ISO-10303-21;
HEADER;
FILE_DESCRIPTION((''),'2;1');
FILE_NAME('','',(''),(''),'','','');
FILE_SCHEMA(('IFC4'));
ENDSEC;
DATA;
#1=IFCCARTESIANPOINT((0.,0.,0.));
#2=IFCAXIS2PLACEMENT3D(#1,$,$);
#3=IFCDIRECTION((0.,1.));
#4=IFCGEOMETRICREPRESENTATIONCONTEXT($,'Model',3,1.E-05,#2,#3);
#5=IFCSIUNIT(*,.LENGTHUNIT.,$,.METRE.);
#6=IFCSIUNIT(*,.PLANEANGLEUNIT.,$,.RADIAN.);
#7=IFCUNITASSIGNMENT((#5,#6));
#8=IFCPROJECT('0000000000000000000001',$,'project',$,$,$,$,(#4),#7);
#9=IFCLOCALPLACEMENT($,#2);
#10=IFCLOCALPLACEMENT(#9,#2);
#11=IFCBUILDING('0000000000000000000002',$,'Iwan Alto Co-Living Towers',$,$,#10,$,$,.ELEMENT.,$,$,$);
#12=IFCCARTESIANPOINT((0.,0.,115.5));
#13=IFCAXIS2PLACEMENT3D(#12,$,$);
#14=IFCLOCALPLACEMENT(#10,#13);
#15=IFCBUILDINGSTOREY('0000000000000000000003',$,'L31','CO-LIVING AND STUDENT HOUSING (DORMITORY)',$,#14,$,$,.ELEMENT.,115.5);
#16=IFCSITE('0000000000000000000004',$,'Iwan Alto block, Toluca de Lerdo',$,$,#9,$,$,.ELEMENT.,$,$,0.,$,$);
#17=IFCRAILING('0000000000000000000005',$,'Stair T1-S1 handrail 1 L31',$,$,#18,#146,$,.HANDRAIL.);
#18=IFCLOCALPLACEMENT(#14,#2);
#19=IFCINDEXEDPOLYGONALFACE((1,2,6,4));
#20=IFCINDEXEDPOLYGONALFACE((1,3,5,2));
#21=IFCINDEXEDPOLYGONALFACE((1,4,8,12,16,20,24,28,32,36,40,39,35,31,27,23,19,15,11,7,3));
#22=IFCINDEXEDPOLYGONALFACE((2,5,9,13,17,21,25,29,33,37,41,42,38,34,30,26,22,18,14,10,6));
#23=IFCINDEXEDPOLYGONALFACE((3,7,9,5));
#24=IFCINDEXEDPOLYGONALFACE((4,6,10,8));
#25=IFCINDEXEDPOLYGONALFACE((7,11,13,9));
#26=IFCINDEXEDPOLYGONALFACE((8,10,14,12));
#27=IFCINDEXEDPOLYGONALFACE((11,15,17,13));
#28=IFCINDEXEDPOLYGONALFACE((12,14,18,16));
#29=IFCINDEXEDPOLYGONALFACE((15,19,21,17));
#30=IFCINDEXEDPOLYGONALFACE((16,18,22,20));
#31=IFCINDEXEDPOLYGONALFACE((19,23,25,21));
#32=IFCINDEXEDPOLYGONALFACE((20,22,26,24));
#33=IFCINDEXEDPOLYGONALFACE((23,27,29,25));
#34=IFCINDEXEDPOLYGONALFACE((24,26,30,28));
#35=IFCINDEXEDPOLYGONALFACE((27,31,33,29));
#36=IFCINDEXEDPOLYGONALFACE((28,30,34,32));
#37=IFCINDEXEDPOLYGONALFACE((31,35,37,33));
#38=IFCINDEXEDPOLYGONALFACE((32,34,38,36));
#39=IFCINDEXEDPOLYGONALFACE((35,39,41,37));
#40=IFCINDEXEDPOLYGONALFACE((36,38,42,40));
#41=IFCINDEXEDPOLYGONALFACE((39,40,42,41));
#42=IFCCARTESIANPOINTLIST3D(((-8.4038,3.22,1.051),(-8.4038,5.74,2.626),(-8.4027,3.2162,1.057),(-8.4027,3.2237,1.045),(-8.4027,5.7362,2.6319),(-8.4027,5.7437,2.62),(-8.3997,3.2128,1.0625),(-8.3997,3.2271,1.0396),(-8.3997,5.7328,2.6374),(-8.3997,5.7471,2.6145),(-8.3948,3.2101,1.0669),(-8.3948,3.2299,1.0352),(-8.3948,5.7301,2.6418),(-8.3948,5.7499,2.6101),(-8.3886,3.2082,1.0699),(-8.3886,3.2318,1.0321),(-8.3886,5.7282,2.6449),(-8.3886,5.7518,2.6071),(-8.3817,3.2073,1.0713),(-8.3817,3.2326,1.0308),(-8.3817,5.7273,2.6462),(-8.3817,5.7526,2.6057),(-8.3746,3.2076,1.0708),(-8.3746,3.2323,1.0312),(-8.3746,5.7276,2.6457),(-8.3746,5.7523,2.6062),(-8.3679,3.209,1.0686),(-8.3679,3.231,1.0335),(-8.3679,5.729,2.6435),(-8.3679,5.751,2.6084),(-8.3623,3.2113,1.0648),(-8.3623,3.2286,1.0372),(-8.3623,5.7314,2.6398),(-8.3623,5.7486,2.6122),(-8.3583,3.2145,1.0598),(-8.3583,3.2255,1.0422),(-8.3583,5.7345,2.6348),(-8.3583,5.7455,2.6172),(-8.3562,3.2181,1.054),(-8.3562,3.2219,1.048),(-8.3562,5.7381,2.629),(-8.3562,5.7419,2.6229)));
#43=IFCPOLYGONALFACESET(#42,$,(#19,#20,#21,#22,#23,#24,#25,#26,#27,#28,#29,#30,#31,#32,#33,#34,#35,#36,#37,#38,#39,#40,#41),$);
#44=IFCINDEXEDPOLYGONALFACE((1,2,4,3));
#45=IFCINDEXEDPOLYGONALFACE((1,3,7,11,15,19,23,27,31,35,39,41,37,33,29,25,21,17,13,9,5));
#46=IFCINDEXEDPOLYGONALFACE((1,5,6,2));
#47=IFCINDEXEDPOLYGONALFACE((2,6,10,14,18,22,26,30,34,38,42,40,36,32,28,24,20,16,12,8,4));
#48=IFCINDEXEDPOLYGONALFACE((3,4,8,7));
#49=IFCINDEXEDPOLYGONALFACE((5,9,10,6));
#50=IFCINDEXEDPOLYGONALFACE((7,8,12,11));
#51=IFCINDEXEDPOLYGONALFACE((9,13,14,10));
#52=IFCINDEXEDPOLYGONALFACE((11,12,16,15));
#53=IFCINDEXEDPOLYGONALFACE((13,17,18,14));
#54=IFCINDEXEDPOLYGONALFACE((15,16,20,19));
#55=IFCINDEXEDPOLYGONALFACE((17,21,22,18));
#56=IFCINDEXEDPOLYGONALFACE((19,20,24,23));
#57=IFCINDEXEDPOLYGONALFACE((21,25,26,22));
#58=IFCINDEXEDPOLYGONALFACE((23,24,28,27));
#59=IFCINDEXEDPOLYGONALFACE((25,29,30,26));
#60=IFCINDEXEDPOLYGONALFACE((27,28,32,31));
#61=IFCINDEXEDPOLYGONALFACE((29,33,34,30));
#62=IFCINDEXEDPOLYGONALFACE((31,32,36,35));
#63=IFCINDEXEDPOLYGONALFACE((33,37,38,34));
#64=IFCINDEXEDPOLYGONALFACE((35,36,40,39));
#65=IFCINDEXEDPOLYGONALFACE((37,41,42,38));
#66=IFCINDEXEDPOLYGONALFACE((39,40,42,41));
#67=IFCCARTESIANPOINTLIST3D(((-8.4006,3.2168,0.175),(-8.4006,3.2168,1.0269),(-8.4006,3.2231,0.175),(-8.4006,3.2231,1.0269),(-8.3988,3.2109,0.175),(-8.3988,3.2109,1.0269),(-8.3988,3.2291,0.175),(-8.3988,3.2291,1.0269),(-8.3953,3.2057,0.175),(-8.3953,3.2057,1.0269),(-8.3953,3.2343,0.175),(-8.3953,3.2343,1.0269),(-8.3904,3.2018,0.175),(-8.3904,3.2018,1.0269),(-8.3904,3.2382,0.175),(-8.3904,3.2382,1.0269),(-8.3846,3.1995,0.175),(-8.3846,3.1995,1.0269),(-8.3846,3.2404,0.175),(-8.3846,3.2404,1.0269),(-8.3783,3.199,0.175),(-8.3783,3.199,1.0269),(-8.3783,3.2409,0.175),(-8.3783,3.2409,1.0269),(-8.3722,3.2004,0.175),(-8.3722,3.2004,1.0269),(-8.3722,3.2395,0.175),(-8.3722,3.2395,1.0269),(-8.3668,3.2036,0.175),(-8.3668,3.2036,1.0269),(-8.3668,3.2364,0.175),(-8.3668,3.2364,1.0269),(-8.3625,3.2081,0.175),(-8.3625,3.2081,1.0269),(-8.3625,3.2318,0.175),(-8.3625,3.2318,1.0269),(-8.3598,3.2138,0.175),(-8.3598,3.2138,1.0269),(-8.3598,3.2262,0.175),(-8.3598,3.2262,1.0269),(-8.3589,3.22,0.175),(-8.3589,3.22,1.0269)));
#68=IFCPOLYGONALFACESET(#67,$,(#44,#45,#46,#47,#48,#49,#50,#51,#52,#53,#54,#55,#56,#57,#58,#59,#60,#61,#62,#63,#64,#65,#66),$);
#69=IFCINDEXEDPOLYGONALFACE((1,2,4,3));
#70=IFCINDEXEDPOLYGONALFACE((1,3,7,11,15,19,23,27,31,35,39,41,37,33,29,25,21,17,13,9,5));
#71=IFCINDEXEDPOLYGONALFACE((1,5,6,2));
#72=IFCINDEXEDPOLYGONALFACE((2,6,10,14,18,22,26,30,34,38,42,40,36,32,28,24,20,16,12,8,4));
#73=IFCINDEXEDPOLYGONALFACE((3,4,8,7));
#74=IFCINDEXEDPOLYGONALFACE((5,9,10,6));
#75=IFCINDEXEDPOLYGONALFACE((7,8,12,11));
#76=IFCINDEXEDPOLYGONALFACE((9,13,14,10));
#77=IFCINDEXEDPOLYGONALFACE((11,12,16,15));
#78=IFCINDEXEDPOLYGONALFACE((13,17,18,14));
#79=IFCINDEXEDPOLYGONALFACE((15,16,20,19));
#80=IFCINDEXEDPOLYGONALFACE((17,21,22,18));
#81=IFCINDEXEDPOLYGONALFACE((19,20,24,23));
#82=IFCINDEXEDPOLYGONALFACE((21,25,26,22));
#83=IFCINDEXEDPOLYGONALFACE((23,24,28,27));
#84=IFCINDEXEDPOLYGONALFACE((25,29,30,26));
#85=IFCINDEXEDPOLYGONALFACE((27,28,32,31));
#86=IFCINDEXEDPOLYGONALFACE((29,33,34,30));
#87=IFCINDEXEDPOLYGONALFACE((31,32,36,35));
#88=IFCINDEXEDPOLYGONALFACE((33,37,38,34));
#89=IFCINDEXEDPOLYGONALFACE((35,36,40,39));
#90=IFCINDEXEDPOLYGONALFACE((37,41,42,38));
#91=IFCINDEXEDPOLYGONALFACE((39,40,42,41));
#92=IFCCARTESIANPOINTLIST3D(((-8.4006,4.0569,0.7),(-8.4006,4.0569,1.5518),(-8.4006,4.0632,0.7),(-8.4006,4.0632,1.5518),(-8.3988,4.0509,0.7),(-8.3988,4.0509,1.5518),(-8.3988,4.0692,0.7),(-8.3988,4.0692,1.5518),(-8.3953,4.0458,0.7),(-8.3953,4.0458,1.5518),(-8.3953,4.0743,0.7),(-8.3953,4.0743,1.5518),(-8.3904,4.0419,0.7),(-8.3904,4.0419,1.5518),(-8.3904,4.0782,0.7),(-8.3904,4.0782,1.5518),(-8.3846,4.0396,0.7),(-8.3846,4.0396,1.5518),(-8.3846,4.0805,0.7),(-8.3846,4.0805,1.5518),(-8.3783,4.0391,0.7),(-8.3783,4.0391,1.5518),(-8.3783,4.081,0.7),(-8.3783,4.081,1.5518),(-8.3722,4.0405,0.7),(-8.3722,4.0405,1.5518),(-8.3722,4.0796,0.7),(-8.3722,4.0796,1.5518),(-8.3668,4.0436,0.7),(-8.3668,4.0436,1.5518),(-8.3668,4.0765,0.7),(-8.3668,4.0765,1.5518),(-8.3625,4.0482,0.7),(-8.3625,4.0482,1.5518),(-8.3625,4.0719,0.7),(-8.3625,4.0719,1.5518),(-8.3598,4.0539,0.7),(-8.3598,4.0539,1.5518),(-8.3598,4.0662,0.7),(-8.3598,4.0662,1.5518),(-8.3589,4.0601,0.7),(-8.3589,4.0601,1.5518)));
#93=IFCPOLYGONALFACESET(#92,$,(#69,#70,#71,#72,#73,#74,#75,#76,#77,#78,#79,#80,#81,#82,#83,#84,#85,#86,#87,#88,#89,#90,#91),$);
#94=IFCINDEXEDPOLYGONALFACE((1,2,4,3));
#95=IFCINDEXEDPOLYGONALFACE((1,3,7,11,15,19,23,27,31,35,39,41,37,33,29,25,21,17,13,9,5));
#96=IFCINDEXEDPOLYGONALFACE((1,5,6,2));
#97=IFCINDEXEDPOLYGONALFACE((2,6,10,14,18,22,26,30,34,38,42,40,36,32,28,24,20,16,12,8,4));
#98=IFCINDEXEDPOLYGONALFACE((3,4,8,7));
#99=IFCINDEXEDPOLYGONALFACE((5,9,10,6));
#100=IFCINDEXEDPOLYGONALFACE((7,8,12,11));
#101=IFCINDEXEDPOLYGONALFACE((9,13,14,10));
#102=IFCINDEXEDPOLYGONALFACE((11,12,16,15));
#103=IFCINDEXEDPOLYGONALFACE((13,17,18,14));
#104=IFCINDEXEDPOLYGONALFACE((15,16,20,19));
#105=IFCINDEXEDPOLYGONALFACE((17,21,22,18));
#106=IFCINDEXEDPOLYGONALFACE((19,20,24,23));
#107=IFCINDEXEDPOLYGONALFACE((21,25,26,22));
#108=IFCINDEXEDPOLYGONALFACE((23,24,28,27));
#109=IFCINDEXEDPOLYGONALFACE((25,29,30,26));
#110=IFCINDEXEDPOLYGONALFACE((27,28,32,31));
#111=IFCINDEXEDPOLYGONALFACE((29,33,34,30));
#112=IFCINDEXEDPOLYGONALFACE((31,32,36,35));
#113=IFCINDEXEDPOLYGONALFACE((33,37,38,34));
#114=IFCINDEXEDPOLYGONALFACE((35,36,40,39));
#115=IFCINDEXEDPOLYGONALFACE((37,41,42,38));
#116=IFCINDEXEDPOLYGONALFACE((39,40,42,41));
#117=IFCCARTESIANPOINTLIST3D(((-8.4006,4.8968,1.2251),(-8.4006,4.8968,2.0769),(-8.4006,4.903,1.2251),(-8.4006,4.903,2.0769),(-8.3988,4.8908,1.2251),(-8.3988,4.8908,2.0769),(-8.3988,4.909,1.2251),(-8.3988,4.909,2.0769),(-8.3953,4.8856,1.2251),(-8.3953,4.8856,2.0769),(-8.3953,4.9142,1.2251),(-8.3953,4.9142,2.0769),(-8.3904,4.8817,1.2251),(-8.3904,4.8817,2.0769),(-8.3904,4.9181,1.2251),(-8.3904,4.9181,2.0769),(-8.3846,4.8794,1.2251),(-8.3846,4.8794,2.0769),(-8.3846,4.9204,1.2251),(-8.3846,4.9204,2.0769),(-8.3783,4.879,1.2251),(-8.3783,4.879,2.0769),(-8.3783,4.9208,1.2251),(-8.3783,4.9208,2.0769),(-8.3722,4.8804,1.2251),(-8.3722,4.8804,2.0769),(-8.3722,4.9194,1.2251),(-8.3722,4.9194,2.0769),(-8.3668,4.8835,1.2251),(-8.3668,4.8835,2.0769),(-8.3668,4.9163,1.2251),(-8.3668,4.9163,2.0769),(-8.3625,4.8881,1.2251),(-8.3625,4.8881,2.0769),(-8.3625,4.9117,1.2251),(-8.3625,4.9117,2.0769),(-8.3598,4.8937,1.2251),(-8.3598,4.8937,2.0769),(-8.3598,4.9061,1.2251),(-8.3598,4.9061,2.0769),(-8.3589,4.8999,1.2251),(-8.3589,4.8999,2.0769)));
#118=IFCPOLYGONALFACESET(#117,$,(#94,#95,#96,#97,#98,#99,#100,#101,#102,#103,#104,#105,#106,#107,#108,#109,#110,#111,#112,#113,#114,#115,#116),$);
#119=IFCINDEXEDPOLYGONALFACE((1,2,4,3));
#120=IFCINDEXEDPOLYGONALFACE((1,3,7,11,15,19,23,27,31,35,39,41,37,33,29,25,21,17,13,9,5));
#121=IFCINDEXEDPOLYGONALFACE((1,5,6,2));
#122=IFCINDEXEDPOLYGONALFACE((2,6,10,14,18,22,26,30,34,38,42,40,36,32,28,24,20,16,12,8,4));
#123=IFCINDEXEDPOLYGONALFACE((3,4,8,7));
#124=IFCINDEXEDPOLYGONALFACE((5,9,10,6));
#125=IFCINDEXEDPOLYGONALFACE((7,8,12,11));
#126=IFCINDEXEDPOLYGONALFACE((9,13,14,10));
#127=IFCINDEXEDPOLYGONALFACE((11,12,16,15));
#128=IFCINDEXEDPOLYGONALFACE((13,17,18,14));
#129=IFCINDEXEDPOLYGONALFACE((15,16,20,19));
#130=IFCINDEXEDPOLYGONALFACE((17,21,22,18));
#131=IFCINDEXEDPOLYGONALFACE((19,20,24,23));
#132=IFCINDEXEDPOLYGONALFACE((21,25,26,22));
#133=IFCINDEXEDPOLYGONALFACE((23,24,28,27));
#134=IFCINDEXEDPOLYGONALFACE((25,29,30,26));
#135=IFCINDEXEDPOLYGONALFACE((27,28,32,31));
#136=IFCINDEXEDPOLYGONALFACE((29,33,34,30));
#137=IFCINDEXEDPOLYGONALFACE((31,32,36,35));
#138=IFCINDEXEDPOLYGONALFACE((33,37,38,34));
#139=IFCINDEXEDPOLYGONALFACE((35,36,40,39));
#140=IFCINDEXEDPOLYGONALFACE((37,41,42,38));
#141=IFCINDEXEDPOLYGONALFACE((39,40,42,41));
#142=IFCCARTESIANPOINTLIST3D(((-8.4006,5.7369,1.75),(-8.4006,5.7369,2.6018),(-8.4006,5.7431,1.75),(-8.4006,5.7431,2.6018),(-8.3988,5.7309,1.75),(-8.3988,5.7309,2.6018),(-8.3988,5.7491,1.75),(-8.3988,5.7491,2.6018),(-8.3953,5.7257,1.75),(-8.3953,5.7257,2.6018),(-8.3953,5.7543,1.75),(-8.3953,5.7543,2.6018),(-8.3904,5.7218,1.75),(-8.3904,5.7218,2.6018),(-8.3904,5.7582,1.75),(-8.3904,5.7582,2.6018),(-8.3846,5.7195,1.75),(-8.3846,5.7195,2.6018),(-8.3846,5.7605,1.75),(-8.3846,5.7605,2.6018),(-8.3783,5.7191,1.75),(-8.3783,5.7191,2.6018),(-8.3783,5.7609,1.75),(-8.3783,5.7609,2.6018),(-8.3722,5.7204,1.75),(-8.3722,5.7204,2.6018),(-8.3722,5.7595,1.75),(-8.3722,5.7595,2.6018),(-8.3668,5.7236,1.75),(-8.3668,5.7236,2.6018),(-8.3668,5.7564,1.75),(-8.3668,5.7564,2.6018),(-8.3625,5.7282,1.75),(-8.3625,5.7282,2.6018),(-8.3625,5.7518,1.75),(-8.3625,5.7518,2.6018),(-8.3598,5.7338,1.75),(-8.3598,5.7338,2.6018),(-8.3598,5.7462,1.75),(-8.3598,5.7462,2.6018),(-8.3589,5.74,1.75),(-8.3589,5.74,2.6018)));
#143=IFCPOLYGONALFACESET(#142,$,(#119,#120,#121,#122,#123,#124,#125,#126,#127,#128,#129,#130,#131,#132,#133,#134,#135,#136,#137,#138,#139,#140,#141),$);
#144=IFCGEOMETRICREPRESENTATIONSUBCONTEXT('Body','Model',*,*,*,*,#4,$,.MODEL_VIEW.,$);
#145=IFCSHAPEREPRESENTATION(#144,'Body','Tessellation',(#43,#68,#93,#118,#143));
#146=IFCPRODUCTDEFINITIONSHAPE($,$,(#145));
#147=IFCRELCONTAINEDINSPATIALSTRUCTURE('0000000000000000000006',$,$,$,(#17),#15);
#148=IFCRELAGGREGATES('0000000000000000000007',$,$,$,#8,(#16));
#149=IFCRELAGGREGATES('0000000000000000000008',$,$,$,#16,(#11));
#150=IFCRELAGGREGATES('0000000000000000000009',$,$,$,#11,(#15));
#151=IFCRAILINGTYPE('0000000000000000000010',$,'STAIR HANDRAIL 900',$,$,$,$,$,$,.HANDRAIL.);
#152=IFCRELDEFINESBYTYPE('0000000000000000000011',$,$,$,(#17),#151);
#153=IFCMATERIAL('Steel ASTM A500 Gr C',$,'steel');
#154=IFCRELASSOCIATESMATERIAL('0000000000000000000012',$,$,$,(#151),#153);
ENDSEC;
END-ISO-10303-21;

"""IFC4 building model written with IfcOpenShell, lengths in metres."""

from ifc_helpers import new_model, si_unit, direction, frame, origin, origin_2d, place, context, subcontext, project, spatial, circle, extrude, material, type_object, element, save


model = new_model("IFC4")

# Units and contexts
model_context = context("Model", 3, precision=1e-05, world=origin(), true_north=direction((0.0, 1.0)))
body_context = subcontext(model_context, "Body", "Model", "MODEL_VIEW")
ifc_project = project(units=[si_unit("LENGTHUNIT", "METRE"), si_unit("PLANEANGLEUNIT", "RADIAN")], contexts=[model_context])

# Site, building, storey
site_placement = place(None, origin())
site = spatial("IfcSite", under=ifc_project, at=site_placement, Name="Iwan Alto block, Toluca de Lerdo", CompositionType="ELEMENT", RefElevation=0.0)
building_placement = place(site_placement, origin())
building = spatial("IfcBuilding", under=site, at=building_placement, Name="Iwan Alto Co-Living Towers", CompositionType="ELEMENT")
storey_placement = place(building_placement, frame((0.0, 0.0, 115.5)))
storey = spatial("IfcBuildingStorey", under=building, at=storey_placement, Name="L31", Description="CO-LIVING AND STUDENT HOUSING (DORMITORY)", CompositionType="ELEMENT", Elevation=115.5)

# Railing
ifc_material_1 = material(Name="Steel ASTM A500 Gr C", Category="steel")
railing_type_1 = type_object("IfcRailingType", Name="STAIR HANDRAIL 900", PredefinedType="HANDRAIL", material=ifc_material_1)
railing_1_placement = place(storey_placement, frame((-8.3799, 3.22, 0.175)))
element("IfcRailing", 1, at=railing_1_placement, inside=storey, type_object=railing_type_1, Name="Stair T1-S1 handrail 1 L31", PredefinedType="HANDRAIL", context=body_context, shape_type="SweptSolid", body=[
    extrude(circle(Radius=0.0239, at=origin_2d()), frame((0.0, 0.0, 0.876), z_axis=(0.0, 0.848008, 0.529984), x_axis=(-1.0, 0.0, 0.0)), (0.0, 0.0, 1.0), 2.9717),
    extrude(circle(Radius=0.021, at=origin_2d()), origin(), (0.0, 0.0, 1.0), 0.8518),
    extrude(circle(Radius=0.021, at=origin_2d()), frame((0.0, 0.8401, 0.5249)), (0.0, 0.0, 1.0), 0.8518),
    extrude(circle(Radius=0.021, at=origin_2d()), frame((0.0, 1.6799, 1.05)), (0.0, 0.0, 1.0), 0.8518),
    extrude(circle(Radius=0.021, at=origin_2d()), frame((0.0, 2.52, 1.575)), (0.0, 0.0, 1.0), 0.8518),
])

save(model, "model.ifc")
